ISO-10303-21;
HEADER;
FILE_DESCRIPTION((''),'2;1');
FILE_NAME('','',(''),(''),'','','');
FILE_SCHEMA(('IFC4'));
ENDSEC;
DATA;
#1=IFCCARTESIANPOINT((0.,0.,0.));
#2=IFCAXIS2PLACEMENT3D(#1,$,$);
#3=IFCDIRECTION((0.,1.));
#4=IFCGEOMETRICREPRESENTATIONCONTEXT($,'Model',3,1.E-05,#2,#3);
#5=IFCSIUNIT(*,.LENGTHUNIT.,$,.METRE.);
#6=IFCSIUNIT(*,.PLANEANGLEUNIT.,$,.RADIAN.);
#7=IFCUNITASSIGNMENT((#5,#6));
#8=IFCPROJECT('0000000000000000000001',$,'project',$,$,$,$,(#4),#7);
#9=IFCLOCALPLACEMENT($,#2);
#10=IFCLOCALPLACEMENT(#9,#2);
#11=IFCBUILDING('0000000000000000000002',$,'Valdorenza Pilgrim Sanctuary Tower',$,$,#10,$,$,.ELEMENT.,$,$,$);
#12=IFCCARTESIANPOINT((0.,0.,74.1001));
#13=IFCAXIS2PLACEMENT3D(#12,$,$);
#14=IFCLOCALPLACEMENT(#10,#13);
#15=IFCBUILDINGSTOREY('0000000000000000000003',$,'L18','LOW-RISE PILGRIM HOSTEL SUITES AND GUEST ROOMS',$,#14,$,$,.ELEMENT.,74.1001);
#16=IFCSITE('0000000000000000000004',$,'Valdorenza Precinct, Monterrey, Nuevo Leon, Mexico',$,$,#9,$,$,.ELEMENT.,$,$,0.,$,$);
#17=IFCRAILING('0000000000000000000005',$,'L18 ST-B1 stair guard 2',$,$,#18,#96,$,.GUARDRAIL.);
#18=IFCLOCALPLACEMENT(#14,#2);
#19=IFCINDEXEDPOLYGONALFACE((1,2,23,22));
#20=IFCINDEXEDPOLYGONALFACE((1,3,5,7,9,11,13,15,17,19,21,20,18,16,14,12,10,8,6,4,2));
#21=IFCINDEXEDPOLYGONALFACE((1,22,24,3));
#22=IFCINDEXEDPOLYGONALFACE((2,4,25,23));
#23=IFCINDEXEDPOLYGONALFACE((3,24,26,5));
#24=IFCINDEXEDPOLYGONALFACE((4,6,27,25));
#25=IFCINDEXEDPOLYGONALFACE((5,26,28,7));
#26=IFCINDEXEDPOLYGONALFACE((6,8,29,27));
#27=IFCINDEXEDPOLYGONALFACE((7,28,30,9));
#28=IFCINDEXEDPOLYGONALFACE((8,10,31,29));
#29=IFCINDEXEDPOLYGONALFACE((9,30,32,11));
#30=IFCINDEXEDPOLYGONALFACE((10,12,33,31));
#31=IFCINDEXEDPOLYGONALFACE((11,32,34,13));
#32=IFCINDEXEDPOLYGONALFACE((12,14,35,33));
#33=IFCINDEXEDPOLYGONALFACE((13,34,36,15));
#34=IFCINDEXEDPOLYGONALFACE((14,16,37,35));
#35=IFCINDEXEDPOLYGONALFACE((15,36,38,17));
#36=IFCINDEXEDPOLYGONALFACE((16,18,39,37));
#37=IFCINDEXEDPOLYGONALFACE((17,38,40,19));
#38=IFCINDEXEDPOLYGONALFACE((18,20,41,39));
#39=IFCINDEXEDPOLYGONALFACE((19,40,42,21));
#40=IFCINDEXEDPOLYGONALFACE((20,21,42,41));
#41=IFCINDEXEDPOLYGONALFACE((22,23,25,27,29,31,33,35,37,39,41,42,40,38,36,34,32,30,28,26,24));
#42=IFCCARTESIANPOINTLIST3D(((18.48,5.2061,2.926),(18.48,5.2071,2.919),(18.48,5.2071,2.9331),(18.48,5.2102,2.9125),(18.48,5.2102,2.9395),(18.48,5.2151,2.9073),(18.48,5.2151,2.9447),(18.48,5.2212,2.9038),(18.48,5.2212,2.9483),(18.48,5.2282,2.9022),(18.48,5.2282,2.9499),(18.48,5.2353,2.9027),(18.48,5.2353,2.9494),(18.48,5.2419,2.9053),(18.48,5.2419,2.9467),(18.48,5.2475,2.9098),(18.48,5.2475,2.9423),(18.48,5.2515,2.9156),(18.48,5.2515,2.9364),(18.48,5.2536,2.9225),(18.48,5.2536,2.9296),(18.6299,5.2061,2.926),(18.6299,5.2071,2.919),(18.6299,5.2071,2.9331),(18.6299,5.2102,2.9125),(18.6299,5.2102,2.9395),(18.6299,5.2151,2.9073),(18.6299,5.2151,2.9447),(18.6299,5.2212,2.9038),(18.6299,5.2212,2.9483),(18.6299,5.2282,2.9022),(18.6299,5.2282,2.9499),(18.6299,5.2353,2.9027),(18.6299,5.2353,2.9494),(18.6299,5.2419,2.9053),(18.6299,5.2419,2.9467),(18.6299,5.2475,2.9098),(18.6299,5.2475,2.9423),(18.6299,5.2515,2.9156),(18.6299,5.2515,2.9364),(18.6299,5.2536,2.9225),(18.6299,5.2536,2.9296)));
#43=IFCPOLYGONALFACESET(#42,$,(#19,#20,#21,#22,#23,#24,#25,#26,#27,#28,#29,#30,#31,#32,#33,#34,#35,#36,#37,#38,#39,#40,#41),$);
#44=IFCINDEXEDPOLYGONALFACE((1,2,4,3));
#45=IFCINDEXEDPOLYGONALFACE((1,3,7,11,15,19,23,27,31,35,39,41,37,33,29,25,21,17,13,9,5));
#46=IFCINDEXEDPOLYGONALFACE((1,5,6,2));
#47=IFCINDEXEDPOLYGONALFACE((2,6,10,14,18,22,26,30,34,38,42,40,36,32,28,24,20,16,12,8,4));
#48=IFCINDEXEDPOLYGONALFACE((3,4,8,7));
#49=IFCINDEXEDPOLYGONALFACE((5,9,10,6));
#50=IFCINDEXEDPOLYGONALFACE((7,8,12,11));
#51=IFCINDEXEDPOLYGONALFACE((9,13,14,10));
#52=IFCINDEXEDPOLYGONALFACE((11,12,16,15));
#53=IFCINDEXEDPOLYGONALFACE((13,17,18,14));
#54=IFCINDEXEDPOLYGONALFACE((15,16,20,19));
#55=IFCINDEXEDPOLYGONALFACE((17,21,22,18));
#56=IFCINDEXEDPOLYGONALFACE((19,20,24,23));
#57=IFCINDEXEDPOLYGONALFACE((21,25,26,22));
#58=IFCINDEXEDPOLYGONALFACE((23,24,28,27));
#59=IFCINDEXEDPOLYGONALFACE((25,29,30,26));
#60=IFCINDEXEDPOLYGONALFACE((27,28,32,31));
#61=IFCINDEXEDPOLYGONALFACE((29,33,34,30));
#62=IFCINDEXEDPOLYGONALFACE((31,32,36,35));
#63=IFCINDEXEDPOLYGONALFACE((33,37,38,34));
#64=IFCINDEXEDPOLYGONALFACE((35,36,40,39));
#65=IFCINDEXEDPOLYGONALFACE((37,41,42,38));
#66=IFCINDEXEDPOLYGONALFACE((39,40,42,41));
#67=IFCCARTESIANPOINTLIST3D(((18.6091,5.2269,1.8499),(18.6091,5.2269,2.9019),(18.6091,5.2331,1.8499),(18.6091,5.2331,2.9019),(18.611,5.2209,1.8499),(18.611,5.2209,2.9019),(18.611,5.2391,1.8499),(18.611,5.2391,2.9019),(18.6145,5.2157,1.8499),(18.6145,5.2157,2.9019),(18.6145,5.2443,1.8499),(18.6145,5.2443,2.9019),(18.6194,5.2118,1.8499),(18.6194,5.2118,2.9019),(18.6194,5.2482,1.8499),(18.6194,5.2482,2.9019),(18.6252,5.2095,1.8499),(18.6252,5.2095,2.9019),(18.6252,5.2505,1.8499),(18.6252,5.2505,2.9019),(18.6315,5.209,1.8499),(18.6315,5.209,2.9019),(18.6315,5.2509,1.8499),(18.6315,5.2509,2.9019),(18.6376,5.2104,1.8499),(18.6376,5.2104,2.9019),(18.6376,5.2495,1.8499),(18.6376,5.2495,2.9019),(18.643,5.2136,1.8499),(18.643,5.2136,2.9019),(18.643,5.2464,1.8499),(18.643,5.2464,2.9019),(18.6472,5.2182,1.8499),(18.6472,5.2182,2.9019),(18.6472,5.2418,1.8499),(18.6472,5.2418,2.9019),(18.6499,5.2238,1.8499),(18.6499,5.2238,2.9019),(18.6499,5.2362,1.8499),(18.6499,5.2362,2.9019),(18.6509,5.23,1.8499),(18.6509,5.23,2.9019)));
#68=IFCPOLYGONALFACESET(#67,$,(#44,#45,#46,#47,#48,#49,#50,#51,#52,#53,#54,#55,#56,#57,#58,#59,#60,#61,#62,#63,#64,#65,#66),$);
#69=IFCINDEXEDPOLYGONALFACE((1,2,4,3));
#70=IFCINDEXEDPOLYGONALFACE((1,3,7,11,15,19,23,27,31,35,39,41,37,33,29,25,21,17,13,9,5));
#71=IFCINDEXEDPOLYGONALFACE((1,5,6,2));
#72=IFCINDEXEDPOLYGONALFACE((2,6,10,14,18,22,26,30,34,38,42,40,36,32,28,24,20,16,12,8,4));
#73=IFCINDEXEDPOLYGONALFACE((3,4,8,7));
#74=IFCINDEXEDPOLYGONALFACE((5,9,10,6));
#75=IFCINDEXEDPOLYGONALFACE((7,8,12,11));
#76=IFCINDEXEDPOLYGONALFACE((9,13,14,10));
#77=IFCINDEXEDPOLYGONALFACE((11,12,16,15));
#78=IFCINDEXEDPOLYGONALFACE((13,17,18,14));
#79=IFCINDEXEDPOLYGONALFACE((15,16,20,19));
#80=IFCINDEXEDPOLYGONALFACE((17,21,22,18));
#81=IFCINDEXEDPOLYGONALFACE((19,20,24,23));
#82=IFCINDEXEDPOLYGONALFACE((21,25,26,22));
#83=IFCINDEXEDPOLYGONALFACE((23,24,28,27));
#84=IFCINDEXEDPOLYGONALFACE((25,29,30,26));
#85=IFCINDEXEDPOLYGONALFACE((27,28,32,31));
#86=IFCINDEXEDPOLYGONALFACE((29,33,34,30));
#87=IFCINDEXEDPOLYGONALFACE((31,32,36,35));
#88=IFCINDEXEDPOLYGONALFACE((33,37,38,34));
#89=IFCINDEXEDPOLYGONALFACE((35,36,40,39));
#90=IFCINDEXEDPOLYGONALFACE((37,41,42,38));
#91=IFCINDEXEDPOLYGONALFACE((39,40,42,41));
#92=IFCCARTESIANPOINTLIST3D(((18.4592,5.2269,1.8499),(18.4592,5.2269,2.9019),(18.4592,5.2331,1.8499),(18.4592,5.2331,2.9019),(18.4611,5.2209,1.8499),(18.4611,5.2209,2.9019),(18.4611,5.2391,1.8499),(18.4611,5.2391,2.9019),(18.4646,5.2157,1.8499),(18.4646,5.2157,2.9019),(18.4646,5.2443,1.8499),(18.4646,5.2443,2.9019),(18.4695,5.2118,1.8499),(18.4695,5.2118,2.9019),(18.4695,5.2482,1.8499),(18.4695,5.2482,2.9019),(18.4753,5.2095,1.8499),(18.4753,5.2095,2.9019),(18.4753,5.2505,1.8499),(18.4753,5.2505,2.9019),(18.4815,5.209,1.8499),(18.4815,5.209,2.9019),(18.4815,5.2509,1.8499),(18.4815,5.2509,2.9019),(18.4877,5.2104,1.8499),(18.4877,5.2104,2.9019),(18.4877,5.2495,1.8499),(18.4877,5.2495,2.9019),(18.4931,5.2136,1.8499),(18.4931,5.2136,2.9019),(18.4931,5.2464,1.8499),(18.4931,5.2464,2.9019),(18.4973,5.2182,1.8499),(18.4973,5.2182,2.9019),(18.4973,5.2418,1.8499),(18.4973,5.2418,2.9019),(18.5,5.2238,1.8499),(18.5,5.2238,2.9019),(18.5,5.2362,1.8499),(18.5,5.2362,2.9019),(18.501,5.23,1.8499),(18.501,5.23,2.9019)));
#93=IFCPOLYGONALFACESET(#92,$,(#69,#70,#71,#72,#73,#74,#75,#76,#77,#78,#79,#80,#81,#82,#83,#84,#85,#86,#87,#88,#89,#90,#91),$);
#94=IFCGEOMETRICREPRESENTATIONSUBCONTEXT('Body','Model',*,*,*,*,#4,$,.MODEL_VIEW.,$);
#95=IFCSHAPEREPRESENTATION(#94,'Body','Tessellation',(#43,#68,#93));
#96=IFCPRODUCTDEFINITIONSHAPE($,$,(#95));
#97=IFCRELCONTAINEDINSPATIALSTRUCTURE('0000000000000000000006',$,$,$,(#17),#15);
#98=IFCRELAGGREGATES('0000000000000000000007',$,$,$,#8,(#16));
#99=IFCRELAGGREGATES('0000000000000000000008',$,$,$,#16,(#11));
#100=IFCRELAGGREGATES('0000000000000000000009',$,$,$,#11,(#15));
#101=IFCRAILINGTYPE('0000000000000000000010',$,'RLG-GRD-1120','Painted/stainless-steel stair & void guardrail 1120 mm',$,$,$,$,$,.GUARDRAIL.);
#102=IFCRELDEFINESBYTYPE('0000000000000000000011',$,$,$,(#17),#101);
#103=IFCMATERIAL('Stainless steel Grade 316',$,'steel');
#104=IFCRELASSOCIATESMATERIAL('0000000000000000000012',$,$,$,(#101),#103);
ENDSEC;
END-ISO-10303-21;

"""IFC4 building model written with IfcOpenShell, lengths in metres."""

from ifc_helpers import new_model, si_unit, direction, frame, origin, origin_2d, place, context, subcontext, project, spatial, circle, extrude, material, type_object, element, save


model = new_model("IFC4")

# Units and contexts
model_context = context("Model", 3, precision=1e-05, world=origin(), true_north=direction((0.0, 1.0)))
body_context = subcontext(model_context, "Body", "Model", "MODEL_VIEW")
ifc_project = project(units=[si_unit("LENGTHUNIT", "METRE"), si_unit("PLANEANGLEUNIT", "RADIAN")], contexts=[model_context])

# Site, building, storey
site_placement = place(None, origin())
site = spatial("IfcSite", under=ifc_project, at=site_placement, Name="Valdorenza Precinct, Monterrey, Nuevo Leon, Mexico", CompositionType="ELEMENT", RefElevation=0.0)
building_placement = place(site_placement, origin())
building = spatial("IfcBuilding", under=site, at=building_placement, Name="Valdorenza Pilgrim Sanctuary Tower", CompositionType="ELEMENT")
storey_placement = place(building_placement, frame((0.0, 0.0, 74.1001)))
storey = spatial("IfcBuildingStorey", under=building, at=storey_placement, Name="L18", Description="LOW-RISE PILGRIM HOSTEL SUITES AND GUEST ROOMS", CompositionType="ELEMENT", Elevation=74.1001)

# Railing
ifc_material_1 = material(Name="Stainless steel Grade 316", Category="steel")
railing_type_1 = type_object("IfcRailingType", Name="RLG-GRD-1120", Description="Painted/stainless-steel stair & void guardrail 1120 mm", PredefinedType="GUARDRAIL", material=ifc_material_1)
railing_1_placement = place(storey_placement, frame((18.6299, 5.23, 1.8499)))
element("IfcRailing", 1, at=railing_1_placement, inside=storey, type_object=railing_type_1, Name="L18 ST-B1 stair guard 2", PredefinedType="GUARDRAIL", context=body_context, shape_type="SweptSolid", body=[
    extrude(circle(Radius=0.0239, at=origin_2d()), frame((0.0, 0.0, 1.0762), z_axis=(-1.0, 0.0, 0.0), x_axis=(0.0, -1.0, 0.0)), (0.0, 0.0, 1.0), 0.1499),
    extrude(circle(Radius=0.021, at=origin_2d()), origin(), (0.0, 0.0, 1.0), 1.052),
    extrude(circle(Radius=0.021, at=origin_2d()), frame((-0.1499, 0.0, 0.0)), (0.0, 0.0, 1.0), 1.052),
])

save(model, "model.ifc")
